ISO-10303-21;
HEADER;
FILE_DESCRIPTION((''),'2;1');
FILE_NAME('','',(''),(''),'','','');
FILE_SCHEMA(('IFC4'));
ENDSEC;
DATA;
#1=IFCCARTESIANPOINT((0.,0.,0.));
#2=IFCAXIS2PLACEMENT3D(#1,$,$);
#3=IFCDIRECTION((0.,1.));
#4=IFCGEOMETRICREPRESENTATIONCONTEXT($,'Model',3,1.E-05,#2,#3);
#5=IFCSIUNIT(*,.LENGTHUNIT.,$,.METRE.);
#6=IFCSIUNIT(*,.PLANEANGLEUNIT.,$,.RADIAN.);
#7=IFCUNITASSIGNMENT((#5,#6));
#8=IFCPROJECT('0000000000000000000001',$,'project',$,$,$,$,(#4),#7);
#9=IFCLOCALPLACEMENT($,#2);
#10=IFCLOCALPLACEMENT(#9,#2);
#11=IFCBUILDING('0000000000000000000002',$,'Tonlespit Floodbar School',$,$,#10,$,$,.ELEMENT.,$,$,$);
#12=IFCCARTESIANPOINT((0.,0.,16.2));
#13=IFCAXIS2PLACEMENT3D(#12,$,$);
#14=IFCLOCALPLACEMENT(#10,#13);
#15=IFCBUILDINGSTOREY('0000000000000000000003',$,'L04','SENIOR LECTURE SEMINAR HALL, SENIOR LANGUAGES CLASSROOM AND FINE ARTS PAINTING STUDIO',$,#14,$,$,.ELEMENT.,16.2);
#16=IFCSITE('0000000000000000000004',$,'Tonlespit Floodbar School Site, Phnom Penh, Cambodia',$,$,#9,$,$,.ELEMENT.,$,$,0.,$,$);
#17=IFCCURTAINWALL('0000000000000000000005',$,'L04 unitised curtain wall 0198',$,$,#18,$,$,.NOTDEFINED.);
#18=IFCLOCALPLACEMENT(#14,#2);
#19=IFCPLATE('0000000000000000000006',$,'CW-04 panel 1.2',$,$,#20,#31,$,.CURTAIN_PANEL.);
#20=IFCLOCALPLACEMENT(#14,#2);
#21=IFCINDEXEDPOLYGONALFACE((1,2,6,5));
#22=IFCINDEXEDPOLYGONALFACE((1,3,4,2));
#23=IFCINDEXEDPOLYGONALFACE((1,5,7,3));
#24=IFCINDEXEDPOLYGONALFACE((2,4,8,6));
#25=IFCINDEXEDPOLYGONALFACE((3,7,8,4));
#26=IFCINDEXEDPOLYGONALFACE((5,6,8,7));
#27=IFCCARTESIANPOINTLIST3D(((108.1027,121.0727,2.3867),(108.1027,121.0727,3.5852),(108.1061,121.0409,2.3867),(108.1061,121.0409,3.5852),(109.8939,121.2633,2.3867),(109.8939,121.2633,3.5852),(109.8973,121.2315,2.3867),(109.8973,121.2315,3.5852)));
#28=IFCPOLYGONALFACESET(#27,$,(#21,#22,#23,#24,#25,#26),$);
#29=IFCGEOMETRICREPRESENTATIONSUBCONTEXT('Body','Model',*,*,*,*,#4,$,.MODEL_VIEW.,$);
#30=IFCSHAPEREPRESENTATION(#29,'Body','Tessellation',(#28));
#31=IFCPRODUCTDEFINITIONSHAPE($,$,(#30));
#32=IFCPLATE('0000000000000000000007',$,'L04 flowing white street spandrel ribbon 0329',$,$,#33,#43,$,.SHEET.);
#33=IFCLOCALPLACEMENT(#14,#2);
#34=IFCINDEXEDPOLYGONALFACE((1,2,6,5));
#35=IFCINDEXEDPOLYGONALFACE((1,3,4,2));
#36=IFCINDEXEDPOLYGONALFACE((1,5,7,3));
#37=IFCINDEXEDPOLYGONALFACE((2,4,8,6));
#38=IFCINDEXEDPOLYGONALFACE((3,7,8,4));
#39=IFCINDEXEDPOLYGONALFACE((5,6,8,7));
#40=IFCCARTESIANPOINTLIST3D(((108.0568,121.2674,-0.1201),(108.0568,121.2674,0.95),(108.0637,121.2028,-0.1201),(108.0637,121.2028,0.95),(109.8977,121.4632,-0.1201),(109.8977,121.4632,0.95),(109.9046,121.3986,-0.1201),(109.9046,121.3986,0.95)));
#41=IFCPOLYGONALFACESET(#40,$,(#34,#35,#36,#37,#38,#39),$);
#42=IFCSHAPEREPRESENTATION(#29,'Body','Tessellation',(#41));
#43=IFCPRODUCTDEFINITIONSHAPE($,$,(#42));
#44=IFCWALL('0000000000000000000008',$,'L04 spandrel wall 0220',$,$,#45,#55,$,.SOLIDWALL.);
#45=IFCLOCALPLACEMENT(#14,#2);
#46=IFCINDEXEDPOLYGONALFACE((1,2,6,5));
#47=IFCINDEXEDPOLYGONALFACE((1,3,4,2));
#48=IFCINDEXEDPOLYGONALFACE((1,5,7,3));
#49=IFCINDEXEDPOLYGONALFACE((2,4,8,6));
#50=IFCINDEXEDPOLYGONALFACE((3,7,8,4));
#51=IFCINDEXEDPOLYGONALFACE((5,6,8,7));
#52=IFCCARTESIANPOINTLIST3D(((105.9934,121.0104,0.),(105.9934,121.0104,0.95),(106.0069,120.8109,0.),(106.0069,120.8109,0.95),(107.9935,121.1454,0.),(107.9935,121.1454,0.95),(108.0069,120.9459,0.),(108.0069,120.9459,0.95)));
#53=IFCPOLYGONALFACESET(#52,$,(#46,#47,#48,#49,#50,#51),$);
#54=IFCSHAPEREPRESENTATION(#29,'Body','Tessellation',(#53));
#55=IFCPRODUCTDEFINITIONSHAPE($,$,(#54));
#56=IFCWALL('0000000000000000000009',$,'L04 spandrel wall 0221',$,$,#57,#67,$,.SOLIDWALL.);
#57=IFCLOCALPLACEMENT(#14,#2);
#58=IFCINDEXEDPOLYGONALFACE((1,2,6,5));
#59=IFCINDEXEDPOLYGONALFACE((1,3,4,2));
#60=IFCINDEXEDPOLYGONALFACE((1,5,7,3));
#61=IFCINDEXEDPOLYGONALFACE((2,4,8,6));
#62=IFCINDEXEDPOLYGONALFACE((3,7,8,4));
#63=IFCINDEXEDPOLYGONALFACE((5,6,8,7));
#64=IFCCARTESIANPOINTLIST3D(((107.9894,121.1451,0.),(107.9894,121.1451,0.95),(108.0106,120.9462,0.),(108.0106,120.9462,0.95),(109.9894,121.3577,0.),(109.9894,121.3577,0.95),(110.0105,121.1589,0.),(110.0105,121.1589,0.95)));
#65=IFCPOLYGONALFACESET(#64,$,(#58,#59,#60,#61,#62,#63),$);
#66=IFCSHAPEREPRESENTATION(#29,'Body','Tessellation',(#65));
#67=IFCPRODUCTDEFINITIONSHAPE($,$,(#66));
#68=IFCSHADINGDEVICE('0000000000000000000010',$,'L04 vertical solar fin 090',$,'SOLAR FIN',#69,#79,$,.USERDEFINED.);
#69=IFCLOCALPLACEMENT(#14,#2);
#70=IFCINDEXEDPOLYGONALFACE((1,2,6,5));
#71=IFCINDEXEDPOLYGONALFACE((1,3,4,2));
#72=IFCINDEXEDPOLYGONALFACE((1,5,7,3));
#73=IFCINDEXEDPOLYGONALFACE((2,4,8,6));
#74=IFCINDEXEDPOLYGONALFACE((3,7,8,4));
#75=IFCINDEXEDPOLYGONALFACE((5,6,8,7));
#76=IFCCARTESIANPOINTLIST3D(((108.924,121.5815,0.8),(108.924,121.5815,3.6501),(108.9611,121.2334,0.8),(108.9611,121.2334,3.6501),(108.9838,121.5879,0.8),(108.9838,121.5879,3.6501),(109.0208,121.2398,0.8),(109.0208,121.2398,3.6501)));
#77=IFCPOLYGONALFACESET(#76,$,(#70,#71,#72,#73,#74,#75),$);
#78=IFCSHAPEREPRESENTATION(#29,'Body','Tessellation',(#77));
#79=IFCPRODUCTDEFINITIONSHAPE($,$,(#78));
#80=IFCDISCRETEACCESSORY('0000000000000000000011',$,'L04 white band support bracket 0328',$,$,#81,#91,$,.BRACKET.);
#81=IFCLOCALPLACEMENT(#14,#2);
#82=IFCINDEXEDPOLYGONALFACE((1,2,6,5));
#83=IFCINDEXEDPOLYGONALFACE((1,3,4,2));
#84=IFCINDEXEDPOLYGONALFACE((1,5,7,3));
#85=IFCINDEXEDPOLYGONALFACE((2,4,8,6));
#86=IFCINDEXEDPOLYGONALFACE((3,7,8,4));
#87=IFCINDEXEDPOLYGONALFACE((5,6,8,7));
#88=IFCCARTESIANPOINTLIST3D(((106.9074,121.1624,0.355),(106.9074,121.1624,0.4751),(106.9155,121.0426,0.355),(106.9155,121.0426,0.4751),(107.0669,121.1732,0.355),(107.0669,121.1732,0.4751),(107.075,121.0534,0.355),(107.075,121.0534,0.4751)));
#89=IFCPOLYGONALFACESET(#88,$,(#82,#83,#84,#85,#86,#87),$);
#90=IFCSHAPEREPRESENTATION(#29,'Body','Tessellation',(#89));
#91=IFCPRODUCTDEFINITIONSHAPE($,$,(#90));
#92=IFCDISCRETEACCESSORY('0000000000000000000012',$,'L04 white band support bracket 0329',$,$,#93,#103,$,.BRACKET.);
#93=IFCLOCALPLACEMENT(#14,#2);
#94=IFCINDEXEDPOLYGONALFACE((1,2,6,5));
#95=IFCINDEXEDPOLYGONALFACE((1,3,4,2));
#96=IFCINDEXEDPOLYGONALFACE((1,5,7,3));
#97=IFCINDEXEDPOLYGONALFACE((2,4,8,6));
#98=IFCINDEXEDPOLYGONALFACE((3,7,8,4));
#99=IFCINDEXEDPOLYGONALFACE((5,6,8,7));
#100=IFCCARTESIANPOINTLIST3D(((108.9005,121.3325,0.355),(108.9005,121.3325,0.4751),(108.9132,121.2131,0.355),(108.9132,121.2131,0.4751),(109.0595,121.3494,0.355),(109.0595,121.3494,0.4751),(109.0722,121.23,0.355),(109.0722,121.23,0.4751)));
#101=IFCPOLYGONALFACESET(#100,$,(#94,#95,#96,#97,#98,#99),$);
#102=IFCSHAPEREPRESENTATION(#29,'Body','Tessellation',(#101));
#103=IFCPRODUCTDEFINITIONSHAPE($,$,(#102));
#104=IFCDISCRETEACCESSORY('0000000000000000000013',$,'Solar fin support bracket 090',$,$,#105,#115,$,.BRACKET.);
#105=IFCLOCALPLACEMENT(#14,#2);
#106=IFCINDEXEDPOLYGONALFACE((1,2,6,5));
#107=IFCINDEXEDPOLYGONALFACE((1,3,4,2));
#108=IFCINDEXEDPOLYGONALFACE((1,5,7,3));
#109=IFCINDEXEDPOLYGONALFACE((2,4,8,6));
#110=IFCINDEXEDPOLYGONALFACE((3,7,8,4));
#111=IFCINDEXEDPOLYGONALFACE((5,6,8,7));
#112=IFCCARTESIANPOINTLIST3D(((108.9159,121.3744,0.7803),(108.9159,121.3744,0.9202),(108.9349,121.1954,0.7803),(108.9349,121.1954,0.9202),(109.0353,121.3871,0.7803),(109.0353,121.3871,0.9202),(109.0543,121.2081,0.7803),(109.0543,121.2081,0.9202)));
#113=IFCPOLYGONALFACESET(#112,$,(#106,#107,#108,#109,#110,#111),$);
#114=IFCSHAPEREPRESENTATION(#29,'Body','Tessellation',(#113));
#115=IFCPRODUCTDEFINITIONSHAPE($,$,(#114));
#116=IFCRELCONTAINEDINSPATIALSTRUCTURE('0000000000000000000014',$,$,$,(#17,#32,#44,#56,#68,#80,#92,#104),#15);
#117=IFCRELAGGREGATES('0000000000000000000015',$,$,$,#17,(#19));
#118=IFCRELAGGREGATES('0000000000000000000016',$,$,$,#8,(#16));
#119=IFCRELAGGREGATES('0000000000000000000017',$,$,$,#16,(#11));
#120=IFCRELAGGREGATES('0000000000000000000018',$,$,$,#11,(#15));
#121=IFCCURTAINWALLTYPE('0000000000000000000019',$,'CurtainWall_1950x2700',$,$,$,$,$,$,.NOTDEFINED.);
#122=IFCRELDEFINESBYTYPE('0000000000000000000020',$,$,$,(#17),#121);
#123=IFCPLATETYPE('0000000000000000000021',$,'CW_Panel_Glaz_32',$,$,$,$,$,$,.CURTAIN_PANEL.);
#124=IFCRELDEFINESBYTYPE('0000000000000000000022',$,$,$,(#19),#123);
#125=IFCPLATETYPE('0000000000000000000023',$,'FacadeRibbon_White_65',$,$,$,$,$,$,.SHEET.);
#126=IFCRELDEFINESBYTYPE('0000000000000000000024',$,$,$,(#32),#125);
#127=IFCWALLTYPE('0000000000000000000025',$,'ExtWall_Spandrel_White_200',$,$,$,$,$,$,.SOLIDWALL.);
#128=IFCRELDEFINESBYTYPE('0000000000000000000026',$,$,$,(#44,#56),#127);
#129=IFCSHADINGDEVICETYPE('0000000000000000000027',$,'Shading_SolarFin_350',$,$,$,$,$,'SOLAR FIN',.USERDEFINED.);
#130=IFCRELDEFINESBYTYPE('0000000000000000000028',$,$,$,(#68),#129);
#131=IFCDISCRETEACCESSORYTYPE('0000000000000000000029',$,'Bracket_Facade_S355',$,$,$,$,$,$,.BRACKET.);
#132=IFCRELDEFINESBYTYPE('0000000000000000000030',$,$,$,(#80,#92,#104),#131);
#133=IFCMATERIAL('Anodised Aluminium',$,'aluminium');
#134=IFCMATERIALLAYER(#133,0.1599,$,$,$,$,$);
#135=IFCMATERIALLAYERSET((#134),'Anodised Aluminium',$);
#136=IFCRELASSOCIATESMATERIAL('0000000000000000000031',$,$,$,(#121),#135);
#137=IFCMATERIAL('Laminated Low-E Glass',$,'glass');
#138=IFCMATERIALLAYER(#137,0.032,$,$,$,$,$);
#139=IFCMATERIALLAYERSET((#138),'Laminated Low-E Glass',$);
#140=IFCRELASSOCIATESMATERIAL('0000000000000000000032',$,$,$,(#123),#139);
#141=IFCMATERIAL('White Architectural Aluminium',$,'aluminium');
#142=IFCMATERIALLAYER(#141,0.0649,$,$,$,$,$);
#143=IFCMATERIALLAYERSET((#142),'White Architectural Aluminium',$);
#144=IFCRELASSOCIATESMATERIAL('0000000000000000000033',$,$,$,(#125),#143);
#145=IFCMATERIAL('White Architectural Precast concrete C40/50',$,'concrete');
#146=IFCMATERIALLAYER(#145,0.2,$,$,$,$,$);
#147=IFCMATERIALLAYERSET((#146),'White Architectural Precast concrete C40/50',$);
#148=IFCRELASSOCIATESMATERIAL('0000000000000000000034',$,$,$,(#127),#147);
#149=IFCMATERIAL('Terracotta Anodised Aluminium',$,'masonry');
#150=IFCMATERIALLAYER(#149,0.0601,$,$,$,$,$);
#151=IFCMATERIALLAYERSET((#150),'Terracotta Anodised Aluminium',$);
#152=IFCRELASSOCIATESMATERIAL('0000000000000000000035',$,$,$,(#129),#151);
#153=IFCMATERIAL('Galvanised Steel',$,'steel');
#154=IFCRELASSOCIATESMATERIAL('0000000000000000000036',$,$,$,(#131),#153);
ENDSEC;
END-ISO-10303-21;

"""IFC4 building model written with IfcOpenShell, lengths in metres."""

from ifc_helpers import new_model, si_unit, direction, frame, frame_2d, origin, origin_2d, place, context, subcontext, project, spatial, rectangle, extrude, material, layer, layer_set, type_object, element, aggregate, save


model = new_model("IFC4")

# Units and contexts
model_context = context("Model", 3, precision=1e-05, world=origin(), true_north=direction((0.0, 1.0)))
body_context = subcontext(model_context, "Body", "Model", "MODEL_VIEW")
ifc_project = project(units=[si_unit("LENGTHUNIT", "METRE"), si_unit("PLANEANGLEUNIT", "RADIAN")], contexts=[model_context])

# Site, building, storey
site_placement = place(None, origin())
site = spatial("IfcSite", under=ifc_project, at=site_placement, Name="Tonlespit Floodbar School Site, Phnom Penh, Cambodia", CompositionType="ELEMENT", RefElevation=0.0)
building_placement = place(site_placement, origin())
building = spatial("IfcBuilding", under=site, at=building_placement, Name="Tonlespit Floodbar School", CompositionType="ELEMENT")
storey_placement = place(building_placement, frame((0.0, 0.0, 16.2)))
storey = spatial("IfcBuildingStorey", under=building, at=storey_placement, Name="L04", Description="SENIOR LECTURE SEMINAR HALL, SENIOR LANGUAGES CLASSROOM AND FINE ARTS PAINTING STUDIO", CompositionType="ELEMENT", Elevation=16.2)

# Shared definitions
ifc_material_1 = material(Name="Anodised Aluminium", Category="aluminium")

# Curtain wall
ifc_layer_1 = layer(ifc_material_1, 0.1599)
ifc_layer_set_1 = layer_set([ifc_layer_1], Name="Anodised Aluminium")
curtain_wall_type_1 = type_object("IfcCurtainWallType", Name="CurtainWall_1950x2700", PredefinedType="NOTDEFINED", material=ifc_layer_set_1)
curtain_wall_1_placement = place(storey_placement, origin())
curtain_wall_1 = element("IfcCurtainWall", 1, at=curtain_wall_1_placement, inside=storey, type_object=curtain_wall_type_1, Name="L04 unitised curtain wall 0198", PredefinedType="NOTDEFINED")

# Plates
ifc_material_2 = material(Name="Laminated Low-E Glass", Category="glass")
ifc_layer_2 = layer(ifc_material_2, 0.032)
ifc_layer_set_2 = layer_set([ifc_layer_2], Name="Laminated Low-E Glass")
plate_type_1 = type_object("IfcPlateType", Name="CW_Panel_Glaz_32", PredefinedType="CURTAIN_PANEL", material=ifc_layer_set_2)
plate_1_placement = place(storey_placement, frame((109.0, 121.1521, 2.3867), z_axis=(0.0, 0.0, 1.0), x_axis=(0.994389, 0.105787, 0.0)))
plate_1 = element("IfcPlate", 2, at=plate_1_placement, type_object=plate_type_1, Name="CW-04 panel 1.2", PredefinedType="CURTAIN_PANEL", context=body_context, shape_type="SweptSolid", body=[
    extrude(rectangle(XDim=1.8013, YDim=0.032, at=origin_2d()), origin(), (0.0, 0.0, 1.0), 1.1985),
])
aggregate(curtain_wall_1, [plate_1])
ifc_material_3 = material(Name="White Architectural Aluminium", Category="aluminium")
ifc_layer_3 = layer(ifc_material_3, 0.0649)
ifc_layer_set_3 = layer_set([ifc_layer_3], Name="White Architectural Aluminium")
plate_type_2 = type_object("IfcPlateType", Name="FacadeRibbon_White_65", PredefinedType="SHEET", material=ifc_layer_set_3)
plate_2_placement = place(storey_placement, frame((108.9807, 121.333, -0.1201), z_axis=(0.0, 0.0, 1.0), x_axis=(0.994392, 0.105754, 0.0)))
element("IfcPlate", 3, at=plate_2_placement, inside=storey, type_object=plate_type_2, Name="L04 flowing white street spandrel ribbon 0329", PredefinedType="SHEET", context=body_context, shape_type="SweptSolid", body=[
    extrude(rectangle(XDim=1.8513, YDim=0.0649, at=origin_2d()), origin(), (0.0, 0.0, 1.0), 1.0701),
])

# Walls
ifc_material_4 = material(Name="White Architectural Precast concrete C40/50", Category="concrete")
ifc_layer_4 = layer(ifc_material_4, 0.2)
ifc_layer_set_4 = layer_set([ifc_layer_4], Name="White Architectural Precast concrete C40/50")
wall_type = type_object("IfcWallType", Name="ExtWall_Spandrel_White_200", PredefinedType="SOLIDWALL", material=ifc_layer_set_4)
wall_1_placement = place(storey_placement, frame((106.0, 120.9106, 0.0), z_axis=(0.0, 0.0, 1.0), x_axis=(0.997729, 0.067352, 0.0)))
element("IfcWall", 4, at=wall_1_placement, inside=storey, type_object=wall_type, Name="L04 spandrel wall 0220", PredefinedType="SOLIDWALL", context=body_context, shape_type="SweptSolid", body=[
    extrude(rectangle(XDim=2.0046, YDim=0.2, at=frame_2d((1.0024, 0.0))), origin(), (0.0, 0.0, 1.0), 0.95),
])
wall_2_placement = place(storey_placement, frame((108.0, 121.0457, 0.0), z_axis=(0.0, 0.0, 1.0), x_axis=(0.994395, 0.105727, 0.0)))
element("IfcWall", 5, at=wall_2_placement, inside=storey, type_object=wall_type, Name="L04 spandrel wall 0221", PredefinedType="SOLIDWALL", context=body_context, shape_type="SweptSolid", body=[
    extrude(rectangle(XDim=2.0112, YDim=0.2, at=frame_2d((1.0056, 0.0))), origin(), (0.0, 0.0, 1.0), 0.95),
])

# Shading device
ifc_material_5 = material(Name="Terracotta Anodised Aluminium", Category="masonry")
ifc_layer_5 = layer(ifc_material_5, 0.0601)
ifc_layer_set_5 = layer_set([ifc_layer_5], Name="Terracotta Anodised Aluminium")
shading_device_type = type_object("IfcShadingDeviceType", Name="Shading_SolarFin_350", ElementType="SOLAR FIN", PredefinedType="USERDEFINED", material=ifc_layer_set_5)
shading_device_placement = place(storey_placement, frame((108.9724, 121.4106, 0.8), z_axis=(0.0, 0.0, 1.0), x_axis=(0.994392, 0.105754, 0.0)))
element("IfcShadingDevice", 6, at=shading_device_placement, inside=storey, type_object=shading_device_type, Name="L04 vertical solar fin 090", ObjectType="SOLAR FIN", PredefinedType="USERDEFINED", context=body_context, shape_type="SweptSolid", body=[
    extrude(rectangle(XDim=0.0601, YDim=0.3501, at=origin_2d()), origin(), (0.0, 0.0, 1.0), 2.8501),
])

# Discrete accessories
ifc_material_6 = material(Name="Galvanised Steel", Category="steel")
discrete_accessory_type = type_object("IfcDiscreteAccessoryType", Name="Bracket_Facade_S355", PredefinedType="BRACKET", material=ifc_material_6)
for number, where, z_axis, x_axis, name in (
    (7, (106.9912, 121.1079, 0.355), (0.0, 0.0, 1.0), (0.99773, 0.067347, 0.0), "L04 white band support bracket 0328"),
    (8, (108.9863, 121.2812, 0.355), (0.0, 0.0, 1.0), (0.994392, 0.105754, 0.0), "L04 white band support bracket 0329"),
):
    element("IfcDiscreteAccessory", number, at=place(storey_placement, frame(where, z_axis=z_axis, x_axis=x_axis)), inside=storey, type_object=discrete_accessory_type, Name=name, PredefinedType="BRACKET", context=body_context, shape_type="SweptSolid", body=[
        extrude(rectangle(XDim=0.1599, YDim=0.1201, at=origin_2d()), origin(), (0.0, 0.0, 1.0), 0.1201),
    ])
discrete_accessory_placement = place(storey_placement, frame((108.9851, 121.2913, 0.7803), z_axis=(0.0, 0.0, 1.0), x_axis=(0.994392, 0.105754, 0.0)))
element("IfcDiscreteAccessory", 9, at=discrete_accessory_placement, inside=storey, type_object=discrete_accessory_type, Name="Solar fin support bracket 090", PredefinedType="BRACKET", context=body_context, shape_type="SweptSolid", body=[
    extrude(rectangle(XDim=0.1201, YDim=0.1799, at=origin_2d()), origin(), (0.0, 0.0, 1.0), 0.1399),
])

save(model, "model.ifc")
